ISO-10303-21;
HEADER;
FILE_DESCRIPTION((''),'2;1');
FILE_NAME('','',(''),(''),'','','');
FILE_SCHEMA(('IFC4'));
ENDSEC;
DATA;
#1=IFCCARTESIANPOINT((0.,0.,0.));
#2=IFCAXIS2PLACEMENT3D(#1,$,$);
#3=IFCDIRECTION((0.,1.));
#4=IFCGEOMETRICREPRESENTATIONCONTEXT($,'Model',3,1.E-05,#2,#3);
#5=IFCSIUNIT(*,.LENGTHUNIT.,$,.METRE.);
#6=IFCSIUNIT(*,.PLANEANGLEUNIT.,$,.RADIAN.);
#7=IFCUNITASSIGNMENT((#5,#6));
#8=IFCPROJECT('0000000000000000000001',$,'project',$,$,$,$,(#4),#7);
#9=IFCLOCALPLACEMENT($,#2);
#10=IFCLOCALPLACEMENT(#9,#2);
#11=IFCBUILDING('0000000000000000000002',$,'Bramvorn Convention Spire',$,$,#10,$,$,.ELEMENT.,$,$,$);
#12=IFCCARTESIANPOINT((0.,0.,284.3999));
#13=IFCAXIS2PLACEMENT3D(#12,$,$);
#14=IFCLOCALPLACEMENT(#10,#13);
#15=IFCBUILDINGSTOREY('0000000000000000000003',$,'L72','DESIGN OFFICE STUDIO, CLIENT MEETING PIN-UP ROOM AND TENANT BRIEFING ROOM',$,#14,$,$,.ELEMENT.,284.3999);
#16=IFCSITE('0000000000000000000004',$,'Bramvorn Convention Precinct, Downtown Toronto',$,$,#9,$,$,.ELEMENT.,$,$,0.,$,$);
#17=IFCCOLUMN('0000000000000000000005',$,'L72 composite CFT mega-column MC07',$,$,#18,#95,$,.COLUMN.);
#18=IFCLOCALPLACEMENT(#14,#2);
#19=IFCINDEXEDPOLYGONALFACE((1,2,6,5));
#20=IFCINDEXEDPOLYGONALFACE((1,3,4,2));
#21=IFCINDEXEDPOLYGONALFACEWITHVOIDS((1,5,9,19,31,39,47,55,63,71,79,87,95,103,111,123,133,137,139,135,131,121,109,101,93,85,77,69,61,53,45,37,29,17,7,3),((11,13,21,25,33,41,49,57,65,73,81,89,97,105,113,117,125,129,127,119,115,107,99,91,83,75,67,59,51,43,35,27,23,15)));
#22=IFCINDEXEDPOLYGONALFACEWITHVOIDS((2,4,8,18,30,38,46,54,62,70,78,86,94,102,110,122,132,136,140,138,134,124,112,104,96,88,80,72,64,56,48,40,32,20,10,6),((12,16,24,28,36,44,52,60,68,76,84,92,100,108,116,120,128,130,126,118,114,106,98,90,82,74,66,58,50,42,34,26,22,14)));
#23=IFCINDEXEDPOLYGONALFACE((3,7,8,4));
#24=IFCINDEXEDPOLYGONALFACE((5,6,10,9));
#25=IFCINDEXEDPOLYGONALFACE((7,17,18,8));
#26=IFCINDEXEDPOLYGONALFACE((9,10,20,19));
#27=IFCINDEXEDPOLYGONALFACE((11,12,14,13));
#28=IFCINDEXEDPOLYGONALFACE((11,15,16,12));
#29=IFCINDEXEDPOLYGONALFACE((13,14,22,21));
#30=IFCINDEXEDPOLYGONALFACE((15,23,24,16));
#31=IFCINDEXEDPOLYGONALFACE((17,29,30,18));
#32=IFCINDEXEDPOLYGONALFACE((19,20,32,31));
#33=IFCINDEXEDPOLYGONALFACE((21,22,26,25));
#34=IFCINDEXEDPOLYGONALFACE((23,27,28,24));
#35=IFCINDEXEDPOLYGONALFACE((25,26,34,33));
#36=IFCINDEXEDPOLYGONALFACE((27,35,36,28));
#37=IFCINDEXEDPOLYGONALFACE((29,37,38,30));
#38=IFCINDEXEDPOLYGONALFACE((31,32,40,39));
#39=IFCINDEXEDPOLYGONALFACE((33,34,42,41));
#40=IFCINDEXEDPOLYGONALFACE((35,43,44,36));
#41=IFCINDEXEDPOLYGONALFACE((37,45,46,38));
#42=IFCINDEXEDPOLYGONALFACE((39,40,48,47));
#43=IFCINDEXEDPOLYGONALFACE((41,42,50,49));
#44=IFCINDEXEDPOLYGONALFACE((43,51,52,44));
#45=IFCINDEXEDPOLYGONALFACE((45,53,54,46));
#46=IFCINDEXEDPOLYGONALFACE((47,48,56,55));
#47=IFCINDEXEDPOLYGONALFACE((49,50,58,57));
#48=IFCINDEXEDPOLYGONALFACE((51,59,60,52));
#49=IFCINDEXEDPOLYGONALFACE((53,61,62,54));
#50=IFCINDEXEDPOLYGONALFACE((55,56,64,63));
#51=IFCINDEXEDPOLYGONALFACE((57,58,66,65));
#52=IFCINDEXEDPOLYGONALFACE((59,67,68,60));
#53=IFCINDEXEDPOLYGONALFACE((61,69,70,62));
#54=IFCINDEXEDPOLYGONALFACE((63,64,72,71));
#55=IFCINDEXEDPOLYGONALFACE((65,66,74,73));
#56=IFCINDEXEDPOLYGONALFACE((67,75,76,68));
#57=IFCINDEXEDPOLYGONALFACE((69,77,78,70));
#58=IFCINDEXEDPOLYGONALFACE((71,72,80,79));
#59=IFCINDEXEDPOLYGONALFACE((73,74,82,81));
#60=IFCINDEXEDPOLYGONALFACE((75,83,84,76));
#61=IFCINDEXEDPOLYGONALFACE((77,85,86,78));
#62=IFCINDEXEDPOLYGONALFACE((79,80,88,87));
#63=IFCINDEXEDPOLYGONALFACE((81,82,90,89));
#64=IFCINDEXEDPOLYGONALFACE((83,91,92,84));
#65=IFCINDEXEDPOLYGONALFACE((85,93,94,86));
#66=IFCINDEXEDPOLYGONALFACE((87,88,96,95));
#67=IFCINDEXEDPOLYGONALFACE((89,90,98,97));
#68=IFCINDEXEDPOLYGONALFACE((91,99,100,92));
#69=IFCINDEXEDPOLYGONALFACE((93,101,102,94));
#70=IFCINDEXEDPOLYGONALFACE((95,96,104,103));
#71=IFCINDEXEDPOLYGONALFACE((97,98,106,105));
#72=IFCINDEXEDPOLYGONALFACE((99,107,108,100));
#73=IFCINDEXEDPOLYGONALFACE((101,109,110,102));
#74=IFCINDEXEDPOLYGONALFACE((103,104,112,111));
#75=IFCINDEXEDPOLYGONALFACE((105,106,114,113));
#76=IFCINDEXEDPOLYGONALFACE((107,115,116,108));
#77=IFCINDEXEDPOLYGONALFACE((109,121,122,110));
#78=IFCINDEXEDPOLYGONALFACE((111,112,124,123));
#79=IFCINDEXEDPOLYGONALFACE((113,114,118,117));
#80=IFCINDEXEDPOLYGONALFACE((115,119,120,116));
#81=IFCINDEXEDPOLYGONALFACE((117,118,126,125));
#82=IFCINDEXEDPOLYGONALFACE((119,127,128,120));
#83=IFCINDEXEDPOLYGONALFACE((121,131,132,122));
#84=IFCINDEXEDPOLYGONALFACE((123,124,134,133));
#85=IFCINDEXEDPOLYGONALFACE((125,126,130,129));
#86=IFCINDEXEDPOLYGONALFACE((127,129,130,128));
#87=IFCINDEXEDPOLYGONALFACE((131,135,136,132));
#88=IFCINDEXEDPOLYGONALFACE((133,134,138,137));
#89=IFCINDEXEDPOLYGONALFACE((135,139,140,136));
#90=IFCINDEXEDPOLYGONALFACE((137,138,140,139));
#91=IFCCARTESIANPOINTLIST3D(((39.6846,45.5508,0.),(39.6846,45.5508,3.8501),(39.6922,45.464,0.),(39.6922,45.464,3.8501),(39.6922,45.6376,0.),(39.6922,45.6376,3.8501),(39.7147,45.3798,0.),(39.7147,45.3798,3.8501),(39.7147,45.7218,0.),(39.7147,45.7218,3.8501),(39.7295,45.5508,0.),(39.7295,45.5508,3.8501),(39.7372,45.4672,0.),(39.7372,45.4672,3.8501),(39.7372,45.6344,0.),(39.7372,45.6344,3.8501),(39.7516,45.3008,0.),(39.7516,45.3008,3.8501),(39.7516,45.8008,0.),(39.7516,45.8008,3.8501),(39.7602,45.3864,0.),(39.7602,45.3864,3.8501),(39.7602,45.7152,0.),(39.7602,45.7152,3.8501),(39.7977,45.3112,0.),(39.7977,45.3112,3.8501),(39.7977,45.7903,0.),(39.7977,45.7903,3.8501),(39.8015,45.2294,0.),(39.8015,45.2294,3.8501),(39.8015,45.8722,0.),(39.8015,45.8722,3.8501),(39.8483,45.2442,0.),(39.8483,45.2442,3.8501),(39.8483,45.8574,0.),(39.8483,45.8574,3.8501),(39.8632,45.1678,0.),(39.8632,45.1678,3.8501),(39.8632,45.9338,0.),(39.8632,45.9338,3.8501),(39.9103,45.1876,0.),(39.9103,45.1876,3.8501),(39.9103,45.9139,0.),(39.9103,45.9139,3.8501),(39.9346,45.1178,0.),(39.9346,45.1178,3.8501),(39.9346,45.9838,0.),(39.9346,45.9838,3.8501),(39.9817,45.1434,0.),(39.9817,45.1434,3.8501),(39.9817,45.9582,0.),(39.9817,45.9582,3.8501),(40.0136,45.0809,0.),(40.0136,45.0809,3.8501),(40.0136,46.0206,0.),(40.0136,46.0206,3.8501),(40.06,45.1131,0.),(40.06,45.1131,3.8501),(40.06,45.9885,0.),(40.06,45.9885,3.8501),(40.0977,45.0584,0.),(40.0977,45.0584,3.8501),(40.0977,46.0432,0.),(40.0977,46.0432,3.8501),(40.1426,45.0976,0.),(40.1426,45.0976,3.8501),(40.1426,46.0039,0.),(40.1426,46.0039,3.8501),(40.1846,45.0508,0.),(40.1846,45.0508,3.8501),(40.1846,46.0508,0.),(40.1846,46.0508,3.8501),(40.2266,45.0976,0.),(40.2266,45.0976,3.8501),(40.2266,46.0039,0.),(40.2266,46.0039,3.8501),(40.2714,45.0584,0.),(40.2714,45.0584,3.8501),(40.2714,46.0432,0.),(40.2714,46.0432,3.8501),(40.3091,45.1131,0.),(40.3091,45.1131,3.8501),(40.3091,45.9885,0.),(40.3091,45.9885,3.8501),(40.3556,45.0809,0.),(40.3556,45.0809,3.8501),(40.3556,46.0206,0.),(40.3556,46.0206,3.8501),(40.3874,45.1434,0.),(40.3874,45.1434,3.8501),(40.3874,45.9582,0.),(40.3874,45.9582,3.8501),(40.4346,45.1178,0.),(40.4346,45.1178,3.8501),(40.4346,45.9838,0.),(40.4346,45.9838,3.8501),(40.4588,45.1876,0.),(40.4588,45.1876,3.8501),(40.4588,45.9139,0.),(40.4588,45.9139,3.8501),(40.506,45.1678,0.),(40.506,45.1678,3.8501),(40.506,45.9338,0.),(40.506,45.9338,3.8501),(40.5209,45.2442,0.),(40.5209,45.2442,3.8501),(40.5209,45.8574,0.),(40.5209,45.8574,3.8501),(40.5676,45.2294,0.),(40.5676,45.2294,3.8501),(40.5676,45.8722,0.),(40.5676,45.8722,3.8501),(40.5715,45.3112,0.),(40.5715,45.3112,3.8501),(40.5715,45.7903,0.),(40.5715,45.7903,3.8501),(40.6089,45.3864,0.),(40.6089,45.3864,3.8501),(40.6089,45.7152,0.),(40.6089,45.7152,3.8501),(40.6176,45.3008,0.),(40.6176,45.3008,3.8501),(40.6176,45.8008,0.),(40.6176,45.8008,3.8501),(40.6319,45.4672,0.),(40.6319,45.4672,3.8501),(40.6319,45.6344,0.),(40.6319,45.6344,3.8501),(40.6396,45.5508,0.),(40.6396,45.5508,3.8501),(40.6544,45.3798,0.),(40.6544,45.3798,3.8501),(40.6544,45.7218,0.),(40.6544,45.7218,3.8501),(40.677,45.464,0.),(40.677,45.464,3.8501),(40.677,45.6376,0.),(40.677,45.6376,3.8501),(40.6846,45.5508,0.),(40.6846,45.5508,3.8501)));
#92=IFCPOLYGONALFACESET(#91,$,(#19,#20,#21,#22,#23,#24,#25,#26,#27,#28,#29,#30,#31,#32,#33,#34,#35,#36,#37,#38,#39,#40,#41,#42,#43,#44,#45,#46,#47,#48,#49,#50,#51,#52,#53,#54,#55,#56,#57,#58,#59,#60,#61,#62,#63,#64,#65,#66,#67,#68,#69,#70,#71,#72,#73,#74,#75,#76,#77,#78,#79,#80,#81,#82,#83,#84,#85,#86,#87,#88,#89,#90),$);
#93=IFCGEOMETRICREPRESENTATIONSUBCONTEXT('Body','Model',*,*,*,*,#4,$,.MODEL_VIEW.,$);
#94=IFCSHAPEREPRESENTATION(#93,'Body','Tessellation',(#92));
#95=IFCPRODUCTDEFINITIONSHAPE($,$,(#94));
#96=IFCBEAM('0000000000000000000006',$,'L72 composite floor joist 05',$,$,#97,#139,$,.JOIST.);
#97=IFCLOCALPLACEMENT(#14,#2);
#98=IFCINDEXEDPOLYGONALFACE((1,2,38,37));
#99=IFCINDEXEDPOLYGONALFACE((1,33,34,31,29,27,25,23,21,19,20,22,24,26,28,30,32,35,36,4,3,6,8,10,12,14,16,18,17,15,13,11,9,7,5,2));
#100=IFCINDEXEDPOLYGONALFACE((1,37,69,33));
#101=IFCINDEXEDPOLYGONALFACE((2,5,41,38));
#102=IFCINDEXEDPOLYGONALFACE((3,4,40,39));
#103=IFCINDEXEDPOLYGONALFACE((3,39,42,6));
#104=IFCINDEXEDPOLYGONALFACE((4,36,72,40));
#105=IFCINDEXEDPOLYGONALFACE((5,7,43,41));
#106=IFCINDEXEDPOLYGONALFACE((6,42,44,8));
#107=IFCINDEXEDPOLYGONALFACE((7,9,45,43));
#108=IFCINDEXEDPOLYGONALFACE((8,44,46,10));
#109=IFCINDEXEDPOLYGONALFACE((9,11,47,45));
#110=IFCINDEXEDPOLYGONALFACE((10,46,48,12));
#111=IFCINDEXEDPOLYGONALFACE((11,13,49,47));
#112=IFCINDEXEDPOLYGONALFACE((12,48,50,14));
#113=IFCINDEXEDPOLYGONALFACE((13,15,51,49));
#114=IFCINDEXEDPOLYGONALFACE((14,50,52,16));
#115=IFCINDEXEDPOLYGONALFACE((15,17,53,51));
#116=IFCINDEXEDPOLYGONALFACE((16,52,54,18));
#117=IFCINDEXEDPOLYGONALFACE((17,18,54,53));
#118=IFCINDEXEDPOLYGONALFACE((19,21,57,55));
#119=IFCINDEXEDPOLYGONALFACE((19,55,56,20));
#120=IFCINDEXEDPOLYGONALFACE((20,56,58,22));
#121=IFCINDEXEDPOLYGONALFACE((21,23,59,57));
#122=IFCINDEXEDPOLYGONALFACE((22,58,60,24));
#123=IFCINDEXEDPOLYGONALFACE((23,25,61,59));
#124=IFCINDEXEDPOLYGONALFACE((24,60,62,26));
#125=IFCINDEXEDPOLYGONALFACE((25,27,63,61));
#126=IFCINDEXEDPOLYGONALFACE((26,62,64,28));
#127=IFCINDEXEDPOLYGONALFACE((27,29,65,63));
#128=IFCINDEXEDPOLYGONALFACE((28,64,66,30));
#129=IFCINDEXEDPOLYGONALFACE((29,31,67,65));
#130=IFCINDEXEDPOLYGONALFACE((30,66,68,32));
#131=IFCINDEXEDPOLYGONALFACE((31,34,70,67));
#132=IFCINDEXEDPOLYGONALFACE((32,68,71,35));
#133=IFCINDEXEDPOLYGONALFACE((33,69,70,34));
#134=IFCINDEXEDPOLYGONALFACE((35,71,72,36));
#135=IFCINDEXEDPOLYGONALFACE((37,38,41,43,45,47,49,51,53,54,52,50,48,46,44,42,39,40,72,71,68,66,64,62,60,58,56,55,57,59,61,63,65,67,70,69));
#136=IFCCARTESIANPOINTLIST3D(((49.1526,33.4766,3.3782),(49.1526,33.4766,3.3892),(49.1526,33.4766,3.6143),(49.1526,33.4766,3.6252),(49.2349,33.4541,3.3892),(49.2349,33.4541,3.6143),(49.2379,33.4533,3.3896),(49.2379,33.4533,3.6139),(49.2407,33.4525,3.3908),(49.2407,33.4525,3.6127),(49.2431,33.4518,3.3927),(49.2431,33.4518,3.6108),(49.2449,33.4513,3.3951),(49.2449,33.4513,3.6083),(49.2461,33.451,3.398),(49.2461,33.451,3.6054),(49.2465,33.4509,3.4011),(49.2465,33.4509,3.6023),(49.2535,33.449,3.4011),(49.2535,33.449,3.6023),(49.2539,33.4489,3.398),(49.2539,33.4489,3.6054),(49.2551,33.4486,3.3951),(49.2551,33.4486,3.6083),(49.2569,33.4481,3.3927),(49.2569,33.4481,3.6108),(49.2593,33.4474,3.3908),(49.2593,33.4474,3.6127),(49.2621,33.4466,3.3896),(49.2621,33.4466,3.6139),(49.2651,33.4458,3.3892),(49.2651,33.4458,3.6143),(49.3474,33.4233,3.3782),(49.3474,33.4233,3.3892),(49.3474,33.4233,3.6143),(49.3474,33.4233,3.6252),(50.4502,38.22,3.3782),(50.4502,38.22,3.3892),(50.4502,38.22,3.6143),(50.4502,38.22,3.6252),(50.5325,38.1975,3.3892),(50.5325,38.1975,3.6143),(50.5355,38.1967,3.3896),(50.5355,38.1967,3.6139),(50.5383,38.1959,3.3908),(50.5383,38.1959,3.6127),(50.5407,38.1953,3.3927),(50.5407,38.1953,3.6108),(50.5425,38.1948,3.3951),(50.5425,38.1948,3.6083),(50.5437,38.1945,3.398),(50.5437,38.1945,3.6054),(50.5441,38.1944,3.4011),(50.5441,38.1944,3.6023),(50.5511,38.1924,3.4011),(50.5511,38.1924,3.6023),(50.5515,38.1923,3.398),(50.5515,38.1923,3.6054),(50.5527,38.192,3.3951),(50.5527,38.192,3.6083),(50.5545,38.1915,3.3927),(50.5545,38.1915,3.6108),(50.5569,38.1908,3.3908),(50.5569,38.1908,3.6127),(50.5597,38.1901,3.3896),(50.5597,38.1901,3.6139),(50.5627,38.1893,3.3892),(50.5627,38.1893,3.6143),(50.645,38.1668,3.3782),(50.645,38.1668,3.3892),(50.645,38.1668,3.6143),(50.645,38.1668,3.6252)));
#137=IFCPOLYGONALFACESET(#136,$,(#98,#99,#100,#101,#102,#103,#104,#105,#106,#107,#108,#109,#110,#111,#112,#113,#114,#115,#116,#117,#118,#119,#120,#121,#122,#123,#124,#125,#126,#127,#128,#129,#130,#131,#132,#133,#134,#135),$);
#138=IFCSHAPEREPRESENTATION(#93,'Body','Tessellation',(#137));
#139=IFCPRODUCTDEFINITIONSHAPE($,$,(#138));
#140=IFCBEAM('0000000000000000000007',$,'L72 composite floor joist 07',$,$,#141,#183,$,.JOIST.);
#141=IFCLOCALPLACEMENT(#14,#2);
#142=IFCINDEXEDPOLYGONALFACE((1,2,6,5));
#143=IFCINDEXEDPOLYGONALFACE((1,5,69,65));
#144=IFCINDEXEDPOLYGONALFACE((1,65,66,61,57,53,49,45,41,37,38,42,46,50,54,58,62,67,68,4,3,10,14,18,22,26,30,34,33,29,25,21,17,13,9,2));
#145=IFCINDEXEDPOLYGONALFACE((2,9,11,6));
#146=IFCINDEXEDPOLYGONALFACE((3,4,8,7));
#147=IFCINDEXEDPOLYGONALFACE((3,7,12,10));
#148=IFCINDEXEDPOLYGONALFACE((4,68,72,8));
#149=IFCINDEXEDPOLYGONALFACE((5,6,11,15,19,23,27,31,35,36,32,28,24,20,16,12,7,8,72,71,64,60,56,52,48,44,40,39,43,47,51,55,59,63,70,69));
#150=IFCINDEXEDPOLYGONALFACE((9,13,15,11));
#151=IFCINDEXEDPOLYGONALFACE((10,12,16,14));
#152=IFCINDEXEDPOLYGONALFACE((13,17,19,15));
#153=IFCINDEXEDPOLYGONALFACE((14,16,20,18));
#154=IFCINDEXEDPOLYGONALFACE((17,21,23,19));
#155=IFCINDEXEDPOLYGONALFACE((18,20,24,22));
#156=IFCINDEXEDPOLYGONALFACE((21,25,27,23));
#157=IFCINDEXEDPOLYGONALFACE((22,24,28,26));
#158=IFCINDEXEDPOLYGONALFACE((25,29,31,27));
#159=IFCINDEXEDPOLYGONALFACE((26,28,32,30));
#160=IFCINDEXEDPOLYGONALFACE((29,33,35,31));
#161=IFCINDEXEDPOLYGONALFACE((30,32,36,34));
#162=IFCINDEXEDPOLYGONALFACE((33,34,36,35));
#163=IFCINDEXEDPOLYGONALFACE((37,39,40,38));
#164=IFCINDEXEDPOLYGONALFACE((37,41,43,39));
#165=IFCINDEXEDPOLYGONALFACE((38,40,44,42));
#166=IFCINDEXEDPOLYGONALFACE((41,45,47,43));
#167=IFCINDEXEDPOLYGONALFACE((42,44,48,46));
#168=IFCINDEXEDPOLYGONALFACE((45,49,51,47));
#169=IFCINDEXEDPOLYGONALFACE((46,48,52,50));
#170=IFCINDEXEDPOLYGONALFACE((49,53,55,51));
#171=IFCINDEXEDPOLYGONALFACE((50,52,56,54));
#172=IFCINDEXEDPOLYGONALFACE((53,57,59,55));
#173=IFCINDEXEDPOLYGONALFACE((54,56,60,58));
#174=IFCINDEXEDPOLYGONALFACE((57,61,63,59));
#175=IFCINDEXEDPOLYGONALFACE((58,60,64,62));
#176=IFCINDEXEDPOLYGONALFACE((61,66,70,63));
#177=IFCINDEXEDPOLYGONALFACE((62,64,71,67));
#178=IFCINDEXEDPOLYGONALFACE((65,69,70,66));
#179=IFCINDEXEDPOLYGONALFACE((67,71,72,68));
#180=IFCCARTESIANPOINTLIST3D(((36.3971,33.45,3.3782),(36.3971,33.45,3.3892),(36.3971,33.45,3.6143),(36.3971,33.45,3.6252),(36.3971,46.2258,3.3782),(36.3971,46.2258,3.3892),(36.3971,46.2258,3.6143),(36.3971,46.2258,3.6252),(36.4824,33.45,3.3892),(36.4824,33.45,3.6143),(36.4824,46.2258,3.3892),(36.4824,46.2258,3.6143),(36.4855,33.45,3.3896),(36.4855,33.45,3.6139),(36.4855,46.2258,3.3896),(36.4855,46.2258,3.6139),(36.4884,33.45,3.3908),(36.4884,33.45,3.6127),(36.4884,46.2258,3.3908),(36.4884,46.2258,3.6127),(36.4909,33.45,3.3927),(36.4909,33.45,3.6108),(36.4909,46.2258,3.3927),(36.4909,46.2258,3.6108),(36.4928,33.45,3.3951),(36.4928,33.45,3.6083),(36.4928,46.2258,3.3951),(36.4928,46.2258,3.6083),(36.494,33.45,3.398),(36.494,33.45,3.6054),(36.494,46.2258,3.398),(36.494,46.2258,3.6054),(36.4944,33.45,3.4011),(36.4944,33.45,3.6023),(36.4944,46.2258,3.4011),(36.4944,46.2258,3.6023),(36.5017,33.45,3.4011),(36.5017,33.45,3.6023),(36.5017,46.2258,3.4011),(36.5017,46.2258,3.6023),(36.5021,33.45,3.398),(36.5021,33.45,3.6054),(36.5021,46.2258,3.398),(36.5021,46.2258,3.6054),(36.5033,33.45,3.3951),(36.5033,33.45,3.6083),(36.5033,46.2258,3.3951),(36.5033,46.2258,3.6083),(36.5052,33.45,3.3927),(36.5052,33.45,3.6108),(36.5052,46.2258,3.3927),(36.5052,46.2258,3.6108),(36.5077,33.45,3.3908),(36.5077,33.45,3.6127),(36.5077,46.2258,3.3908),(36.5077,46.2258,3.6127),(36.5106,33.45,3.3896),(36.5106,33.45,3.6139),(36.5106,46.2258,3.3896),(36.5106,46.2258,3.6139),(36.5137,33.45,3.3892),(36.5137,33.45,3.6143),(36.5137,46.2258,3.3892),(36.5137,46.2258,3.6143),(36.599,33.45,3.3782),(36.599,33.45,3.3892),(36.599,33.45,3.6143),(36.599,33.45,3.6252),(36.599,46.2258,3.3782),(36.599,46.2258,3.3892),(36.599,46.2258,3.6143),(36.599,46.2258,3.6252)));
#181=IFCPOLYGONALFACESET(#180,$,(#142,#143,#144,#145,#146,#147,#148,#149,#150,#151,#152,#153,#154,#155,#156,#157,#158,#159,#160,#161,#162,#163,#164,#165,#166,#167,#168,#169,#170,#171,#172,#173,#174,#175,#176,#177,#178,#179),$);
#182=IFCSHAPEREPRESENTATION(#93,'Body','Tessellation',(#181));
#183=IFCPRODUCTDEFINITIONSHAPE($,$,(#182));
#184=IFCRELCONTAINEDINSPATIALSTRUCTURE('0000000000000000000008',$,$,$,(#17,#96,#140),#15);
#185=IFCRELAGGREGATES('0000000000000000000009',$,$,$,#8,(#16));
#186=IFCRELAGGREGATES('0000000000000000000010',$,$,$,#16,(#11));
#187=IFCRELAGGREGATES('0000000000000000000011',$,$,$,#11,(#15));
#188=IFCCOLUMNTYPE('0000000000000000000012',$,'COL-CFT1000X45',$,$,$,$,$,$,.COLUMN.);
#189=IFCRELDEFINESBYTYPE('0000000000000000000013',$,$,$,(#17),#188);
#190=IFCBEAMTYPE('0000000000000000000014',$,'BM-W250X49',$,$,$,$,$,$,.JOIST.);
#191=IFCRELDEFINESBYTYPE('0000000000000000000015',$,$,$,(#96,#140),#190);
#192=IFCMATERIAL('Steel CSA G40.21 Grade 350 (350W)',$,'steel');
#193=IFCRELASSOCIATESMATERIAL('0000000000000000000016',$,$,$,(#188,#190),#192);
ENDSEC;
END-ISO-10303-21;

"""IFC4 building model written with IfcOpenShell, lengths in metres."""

from ifc_helpers import new_model, si_unit, direction, frame, origin, origin_2d, place, context, subcontext, project, spatial, hollow_circle, i_section, extrude, material, material_profile, profile_set, type_object, element, save


model = new_model("IFC4")

# Units and contexts
model_context = context("Model", 3, precision=1e-05, world=origin(), true_north=direction((0.0, 1.0)))
body_context = subcontext(model_context, "Body", "Model", "MODEL_VIEW")
ifc_project = project(units=[si_unit("LENGTHUNIT", "METRE"), si_unit("PLANEANGLEUNIT", "RADIAN")], contexts=[model_context])

# Site, building, storey
site_placement = place(None, origin())
site = spatial("IfcSite", under=ifc_project, at=site_placement, Name="Bramvorn Convention Precinct, Downtown Toronto", CompositionType="ELEMENT", RefElevation=0.0)
building_placement = place(site_placement, origin())
building = spatial("IfcBuilding", under=site, at=building_placement, Name="Bramvorn Convention Spire", CompositionType="ELEMENT")
storey_placement = place(building_placement, frame((0.0, 0.0, 284.3999)))
storey = spatial("IfcBuildingStorey", under=building, at=storey_placement, Name="L72", Description="DESIGN OFFICE STUDIO, CLIENT MEETING PIN-UP ROOM AND TENANT BRIEFING ROOM", CompositionType="ELEMENT", Elevation=284.3999)

# Column
ifc_material_1 = material(Name="Steel CSA G40.21 Grade 350 (350W)", Category="steel")
ifc_material_profile_1 = material_profile(ifc_material_1, hollow_circle(Radius=0.5, WallThickness=0.0449, at=origin_2d()))
ifc_profile_set_1 = profile_set([ifc_material_profile_1], Name="Steel CSA G40.21 Grade 350 (350W) - CFT1000X45")
column_type = type_object("IfcColumnType", Name="COL-CFT1000X45", PredefinedType="COLUMN", material=ifc_profile_set_1)
for number, where, z_axis, x_axis, name in (
    (1, (40.1846, 45.5508, 0.0), (0.0, 0.0, 1.0), (1.0, 0.0, 0.0), "L72 composite CFT mega-column MC07"),
):
    element("IfcColumn", number, at=place(storey_placement, frame(where, z_axis=z_axis, x_axis=x_axis)), inside=storey, type_object=column_type, Name=name, PredefinedType="COLUMN", context=body_context, shape_type="SweptSolid", body=[
        extrude(hollow_circle(Radius=0.5, WallThickness=0.0449, at=origin_2d()), origin(), (0.0, 0.0, 1.0), 3.8501),
    ])

# Beams
ifc_material_profile_2 = material_profile(ifc_material_1, i_section(OverallWidth=0.2019, OverallDepth=0.2471, WebThickness=0.0073, FlangeThickness=0.011, FilletRadius=0.012, at=origin_2d()))
ifc_profile_set_2 = profile_set([ifc_material_profile_2], Name="Steel CSA G40.21 Grade 350 (350W) - W250X49")
beam_type_1 = type_object("IfcBeamType", Name="BM-W250X49", PredefinedType="JOIST", material=ifc_profile_set_2)
beam_1_placement = place(storey_placement, frame((49.25, 33.45, 3.5017), z_axis=(0.263865, 0.96456, 0.0), x_axis=(-0.96456, 0.263865, 0.0)))
element("IfcBeam", 2, at=beam_1_placement, inside=storey, type_object=beam_type_1, Name="L72 composite floor joist 05", PredefinedType="JOIST", context=body_context, shape_type="SweptSolid", body=[
    extrude(i_section(OverallWidth=0.2019, OverallDepth=0.2471, WebThickness=0.0073, FlangeThickness=0.011, FilletRadius=0.012, at=origin_2d()), origin(), (0.0, 0.0, 1.0), 4.9177),
])
beam_2_placement = place(storey_placement, frame((36.498, 33.45, 3.5017), z_axis=(0.0, 1.0, 0.0), x_axis=(-1.0, 0.0, 0.0)))
element("IfcBeam", 3, at=beam_2_placement, inside=storey, type_object=beam_type_1, Name="L72 composite floor joist 07", PredefinedType="JOIST", context=body_context, shape_type="SweptSolid", body=[
    extrude(i_section(OverallWidth=0.2019, OverallDepth=0.2471, WebThickness=0.0073, FlangeThickness=0.011, FilletRadius=0.012, at=origin_2d()), origin(), (0.0, 0.0, 1.0), 12.7759),
])

save(model, "model.ifc")
